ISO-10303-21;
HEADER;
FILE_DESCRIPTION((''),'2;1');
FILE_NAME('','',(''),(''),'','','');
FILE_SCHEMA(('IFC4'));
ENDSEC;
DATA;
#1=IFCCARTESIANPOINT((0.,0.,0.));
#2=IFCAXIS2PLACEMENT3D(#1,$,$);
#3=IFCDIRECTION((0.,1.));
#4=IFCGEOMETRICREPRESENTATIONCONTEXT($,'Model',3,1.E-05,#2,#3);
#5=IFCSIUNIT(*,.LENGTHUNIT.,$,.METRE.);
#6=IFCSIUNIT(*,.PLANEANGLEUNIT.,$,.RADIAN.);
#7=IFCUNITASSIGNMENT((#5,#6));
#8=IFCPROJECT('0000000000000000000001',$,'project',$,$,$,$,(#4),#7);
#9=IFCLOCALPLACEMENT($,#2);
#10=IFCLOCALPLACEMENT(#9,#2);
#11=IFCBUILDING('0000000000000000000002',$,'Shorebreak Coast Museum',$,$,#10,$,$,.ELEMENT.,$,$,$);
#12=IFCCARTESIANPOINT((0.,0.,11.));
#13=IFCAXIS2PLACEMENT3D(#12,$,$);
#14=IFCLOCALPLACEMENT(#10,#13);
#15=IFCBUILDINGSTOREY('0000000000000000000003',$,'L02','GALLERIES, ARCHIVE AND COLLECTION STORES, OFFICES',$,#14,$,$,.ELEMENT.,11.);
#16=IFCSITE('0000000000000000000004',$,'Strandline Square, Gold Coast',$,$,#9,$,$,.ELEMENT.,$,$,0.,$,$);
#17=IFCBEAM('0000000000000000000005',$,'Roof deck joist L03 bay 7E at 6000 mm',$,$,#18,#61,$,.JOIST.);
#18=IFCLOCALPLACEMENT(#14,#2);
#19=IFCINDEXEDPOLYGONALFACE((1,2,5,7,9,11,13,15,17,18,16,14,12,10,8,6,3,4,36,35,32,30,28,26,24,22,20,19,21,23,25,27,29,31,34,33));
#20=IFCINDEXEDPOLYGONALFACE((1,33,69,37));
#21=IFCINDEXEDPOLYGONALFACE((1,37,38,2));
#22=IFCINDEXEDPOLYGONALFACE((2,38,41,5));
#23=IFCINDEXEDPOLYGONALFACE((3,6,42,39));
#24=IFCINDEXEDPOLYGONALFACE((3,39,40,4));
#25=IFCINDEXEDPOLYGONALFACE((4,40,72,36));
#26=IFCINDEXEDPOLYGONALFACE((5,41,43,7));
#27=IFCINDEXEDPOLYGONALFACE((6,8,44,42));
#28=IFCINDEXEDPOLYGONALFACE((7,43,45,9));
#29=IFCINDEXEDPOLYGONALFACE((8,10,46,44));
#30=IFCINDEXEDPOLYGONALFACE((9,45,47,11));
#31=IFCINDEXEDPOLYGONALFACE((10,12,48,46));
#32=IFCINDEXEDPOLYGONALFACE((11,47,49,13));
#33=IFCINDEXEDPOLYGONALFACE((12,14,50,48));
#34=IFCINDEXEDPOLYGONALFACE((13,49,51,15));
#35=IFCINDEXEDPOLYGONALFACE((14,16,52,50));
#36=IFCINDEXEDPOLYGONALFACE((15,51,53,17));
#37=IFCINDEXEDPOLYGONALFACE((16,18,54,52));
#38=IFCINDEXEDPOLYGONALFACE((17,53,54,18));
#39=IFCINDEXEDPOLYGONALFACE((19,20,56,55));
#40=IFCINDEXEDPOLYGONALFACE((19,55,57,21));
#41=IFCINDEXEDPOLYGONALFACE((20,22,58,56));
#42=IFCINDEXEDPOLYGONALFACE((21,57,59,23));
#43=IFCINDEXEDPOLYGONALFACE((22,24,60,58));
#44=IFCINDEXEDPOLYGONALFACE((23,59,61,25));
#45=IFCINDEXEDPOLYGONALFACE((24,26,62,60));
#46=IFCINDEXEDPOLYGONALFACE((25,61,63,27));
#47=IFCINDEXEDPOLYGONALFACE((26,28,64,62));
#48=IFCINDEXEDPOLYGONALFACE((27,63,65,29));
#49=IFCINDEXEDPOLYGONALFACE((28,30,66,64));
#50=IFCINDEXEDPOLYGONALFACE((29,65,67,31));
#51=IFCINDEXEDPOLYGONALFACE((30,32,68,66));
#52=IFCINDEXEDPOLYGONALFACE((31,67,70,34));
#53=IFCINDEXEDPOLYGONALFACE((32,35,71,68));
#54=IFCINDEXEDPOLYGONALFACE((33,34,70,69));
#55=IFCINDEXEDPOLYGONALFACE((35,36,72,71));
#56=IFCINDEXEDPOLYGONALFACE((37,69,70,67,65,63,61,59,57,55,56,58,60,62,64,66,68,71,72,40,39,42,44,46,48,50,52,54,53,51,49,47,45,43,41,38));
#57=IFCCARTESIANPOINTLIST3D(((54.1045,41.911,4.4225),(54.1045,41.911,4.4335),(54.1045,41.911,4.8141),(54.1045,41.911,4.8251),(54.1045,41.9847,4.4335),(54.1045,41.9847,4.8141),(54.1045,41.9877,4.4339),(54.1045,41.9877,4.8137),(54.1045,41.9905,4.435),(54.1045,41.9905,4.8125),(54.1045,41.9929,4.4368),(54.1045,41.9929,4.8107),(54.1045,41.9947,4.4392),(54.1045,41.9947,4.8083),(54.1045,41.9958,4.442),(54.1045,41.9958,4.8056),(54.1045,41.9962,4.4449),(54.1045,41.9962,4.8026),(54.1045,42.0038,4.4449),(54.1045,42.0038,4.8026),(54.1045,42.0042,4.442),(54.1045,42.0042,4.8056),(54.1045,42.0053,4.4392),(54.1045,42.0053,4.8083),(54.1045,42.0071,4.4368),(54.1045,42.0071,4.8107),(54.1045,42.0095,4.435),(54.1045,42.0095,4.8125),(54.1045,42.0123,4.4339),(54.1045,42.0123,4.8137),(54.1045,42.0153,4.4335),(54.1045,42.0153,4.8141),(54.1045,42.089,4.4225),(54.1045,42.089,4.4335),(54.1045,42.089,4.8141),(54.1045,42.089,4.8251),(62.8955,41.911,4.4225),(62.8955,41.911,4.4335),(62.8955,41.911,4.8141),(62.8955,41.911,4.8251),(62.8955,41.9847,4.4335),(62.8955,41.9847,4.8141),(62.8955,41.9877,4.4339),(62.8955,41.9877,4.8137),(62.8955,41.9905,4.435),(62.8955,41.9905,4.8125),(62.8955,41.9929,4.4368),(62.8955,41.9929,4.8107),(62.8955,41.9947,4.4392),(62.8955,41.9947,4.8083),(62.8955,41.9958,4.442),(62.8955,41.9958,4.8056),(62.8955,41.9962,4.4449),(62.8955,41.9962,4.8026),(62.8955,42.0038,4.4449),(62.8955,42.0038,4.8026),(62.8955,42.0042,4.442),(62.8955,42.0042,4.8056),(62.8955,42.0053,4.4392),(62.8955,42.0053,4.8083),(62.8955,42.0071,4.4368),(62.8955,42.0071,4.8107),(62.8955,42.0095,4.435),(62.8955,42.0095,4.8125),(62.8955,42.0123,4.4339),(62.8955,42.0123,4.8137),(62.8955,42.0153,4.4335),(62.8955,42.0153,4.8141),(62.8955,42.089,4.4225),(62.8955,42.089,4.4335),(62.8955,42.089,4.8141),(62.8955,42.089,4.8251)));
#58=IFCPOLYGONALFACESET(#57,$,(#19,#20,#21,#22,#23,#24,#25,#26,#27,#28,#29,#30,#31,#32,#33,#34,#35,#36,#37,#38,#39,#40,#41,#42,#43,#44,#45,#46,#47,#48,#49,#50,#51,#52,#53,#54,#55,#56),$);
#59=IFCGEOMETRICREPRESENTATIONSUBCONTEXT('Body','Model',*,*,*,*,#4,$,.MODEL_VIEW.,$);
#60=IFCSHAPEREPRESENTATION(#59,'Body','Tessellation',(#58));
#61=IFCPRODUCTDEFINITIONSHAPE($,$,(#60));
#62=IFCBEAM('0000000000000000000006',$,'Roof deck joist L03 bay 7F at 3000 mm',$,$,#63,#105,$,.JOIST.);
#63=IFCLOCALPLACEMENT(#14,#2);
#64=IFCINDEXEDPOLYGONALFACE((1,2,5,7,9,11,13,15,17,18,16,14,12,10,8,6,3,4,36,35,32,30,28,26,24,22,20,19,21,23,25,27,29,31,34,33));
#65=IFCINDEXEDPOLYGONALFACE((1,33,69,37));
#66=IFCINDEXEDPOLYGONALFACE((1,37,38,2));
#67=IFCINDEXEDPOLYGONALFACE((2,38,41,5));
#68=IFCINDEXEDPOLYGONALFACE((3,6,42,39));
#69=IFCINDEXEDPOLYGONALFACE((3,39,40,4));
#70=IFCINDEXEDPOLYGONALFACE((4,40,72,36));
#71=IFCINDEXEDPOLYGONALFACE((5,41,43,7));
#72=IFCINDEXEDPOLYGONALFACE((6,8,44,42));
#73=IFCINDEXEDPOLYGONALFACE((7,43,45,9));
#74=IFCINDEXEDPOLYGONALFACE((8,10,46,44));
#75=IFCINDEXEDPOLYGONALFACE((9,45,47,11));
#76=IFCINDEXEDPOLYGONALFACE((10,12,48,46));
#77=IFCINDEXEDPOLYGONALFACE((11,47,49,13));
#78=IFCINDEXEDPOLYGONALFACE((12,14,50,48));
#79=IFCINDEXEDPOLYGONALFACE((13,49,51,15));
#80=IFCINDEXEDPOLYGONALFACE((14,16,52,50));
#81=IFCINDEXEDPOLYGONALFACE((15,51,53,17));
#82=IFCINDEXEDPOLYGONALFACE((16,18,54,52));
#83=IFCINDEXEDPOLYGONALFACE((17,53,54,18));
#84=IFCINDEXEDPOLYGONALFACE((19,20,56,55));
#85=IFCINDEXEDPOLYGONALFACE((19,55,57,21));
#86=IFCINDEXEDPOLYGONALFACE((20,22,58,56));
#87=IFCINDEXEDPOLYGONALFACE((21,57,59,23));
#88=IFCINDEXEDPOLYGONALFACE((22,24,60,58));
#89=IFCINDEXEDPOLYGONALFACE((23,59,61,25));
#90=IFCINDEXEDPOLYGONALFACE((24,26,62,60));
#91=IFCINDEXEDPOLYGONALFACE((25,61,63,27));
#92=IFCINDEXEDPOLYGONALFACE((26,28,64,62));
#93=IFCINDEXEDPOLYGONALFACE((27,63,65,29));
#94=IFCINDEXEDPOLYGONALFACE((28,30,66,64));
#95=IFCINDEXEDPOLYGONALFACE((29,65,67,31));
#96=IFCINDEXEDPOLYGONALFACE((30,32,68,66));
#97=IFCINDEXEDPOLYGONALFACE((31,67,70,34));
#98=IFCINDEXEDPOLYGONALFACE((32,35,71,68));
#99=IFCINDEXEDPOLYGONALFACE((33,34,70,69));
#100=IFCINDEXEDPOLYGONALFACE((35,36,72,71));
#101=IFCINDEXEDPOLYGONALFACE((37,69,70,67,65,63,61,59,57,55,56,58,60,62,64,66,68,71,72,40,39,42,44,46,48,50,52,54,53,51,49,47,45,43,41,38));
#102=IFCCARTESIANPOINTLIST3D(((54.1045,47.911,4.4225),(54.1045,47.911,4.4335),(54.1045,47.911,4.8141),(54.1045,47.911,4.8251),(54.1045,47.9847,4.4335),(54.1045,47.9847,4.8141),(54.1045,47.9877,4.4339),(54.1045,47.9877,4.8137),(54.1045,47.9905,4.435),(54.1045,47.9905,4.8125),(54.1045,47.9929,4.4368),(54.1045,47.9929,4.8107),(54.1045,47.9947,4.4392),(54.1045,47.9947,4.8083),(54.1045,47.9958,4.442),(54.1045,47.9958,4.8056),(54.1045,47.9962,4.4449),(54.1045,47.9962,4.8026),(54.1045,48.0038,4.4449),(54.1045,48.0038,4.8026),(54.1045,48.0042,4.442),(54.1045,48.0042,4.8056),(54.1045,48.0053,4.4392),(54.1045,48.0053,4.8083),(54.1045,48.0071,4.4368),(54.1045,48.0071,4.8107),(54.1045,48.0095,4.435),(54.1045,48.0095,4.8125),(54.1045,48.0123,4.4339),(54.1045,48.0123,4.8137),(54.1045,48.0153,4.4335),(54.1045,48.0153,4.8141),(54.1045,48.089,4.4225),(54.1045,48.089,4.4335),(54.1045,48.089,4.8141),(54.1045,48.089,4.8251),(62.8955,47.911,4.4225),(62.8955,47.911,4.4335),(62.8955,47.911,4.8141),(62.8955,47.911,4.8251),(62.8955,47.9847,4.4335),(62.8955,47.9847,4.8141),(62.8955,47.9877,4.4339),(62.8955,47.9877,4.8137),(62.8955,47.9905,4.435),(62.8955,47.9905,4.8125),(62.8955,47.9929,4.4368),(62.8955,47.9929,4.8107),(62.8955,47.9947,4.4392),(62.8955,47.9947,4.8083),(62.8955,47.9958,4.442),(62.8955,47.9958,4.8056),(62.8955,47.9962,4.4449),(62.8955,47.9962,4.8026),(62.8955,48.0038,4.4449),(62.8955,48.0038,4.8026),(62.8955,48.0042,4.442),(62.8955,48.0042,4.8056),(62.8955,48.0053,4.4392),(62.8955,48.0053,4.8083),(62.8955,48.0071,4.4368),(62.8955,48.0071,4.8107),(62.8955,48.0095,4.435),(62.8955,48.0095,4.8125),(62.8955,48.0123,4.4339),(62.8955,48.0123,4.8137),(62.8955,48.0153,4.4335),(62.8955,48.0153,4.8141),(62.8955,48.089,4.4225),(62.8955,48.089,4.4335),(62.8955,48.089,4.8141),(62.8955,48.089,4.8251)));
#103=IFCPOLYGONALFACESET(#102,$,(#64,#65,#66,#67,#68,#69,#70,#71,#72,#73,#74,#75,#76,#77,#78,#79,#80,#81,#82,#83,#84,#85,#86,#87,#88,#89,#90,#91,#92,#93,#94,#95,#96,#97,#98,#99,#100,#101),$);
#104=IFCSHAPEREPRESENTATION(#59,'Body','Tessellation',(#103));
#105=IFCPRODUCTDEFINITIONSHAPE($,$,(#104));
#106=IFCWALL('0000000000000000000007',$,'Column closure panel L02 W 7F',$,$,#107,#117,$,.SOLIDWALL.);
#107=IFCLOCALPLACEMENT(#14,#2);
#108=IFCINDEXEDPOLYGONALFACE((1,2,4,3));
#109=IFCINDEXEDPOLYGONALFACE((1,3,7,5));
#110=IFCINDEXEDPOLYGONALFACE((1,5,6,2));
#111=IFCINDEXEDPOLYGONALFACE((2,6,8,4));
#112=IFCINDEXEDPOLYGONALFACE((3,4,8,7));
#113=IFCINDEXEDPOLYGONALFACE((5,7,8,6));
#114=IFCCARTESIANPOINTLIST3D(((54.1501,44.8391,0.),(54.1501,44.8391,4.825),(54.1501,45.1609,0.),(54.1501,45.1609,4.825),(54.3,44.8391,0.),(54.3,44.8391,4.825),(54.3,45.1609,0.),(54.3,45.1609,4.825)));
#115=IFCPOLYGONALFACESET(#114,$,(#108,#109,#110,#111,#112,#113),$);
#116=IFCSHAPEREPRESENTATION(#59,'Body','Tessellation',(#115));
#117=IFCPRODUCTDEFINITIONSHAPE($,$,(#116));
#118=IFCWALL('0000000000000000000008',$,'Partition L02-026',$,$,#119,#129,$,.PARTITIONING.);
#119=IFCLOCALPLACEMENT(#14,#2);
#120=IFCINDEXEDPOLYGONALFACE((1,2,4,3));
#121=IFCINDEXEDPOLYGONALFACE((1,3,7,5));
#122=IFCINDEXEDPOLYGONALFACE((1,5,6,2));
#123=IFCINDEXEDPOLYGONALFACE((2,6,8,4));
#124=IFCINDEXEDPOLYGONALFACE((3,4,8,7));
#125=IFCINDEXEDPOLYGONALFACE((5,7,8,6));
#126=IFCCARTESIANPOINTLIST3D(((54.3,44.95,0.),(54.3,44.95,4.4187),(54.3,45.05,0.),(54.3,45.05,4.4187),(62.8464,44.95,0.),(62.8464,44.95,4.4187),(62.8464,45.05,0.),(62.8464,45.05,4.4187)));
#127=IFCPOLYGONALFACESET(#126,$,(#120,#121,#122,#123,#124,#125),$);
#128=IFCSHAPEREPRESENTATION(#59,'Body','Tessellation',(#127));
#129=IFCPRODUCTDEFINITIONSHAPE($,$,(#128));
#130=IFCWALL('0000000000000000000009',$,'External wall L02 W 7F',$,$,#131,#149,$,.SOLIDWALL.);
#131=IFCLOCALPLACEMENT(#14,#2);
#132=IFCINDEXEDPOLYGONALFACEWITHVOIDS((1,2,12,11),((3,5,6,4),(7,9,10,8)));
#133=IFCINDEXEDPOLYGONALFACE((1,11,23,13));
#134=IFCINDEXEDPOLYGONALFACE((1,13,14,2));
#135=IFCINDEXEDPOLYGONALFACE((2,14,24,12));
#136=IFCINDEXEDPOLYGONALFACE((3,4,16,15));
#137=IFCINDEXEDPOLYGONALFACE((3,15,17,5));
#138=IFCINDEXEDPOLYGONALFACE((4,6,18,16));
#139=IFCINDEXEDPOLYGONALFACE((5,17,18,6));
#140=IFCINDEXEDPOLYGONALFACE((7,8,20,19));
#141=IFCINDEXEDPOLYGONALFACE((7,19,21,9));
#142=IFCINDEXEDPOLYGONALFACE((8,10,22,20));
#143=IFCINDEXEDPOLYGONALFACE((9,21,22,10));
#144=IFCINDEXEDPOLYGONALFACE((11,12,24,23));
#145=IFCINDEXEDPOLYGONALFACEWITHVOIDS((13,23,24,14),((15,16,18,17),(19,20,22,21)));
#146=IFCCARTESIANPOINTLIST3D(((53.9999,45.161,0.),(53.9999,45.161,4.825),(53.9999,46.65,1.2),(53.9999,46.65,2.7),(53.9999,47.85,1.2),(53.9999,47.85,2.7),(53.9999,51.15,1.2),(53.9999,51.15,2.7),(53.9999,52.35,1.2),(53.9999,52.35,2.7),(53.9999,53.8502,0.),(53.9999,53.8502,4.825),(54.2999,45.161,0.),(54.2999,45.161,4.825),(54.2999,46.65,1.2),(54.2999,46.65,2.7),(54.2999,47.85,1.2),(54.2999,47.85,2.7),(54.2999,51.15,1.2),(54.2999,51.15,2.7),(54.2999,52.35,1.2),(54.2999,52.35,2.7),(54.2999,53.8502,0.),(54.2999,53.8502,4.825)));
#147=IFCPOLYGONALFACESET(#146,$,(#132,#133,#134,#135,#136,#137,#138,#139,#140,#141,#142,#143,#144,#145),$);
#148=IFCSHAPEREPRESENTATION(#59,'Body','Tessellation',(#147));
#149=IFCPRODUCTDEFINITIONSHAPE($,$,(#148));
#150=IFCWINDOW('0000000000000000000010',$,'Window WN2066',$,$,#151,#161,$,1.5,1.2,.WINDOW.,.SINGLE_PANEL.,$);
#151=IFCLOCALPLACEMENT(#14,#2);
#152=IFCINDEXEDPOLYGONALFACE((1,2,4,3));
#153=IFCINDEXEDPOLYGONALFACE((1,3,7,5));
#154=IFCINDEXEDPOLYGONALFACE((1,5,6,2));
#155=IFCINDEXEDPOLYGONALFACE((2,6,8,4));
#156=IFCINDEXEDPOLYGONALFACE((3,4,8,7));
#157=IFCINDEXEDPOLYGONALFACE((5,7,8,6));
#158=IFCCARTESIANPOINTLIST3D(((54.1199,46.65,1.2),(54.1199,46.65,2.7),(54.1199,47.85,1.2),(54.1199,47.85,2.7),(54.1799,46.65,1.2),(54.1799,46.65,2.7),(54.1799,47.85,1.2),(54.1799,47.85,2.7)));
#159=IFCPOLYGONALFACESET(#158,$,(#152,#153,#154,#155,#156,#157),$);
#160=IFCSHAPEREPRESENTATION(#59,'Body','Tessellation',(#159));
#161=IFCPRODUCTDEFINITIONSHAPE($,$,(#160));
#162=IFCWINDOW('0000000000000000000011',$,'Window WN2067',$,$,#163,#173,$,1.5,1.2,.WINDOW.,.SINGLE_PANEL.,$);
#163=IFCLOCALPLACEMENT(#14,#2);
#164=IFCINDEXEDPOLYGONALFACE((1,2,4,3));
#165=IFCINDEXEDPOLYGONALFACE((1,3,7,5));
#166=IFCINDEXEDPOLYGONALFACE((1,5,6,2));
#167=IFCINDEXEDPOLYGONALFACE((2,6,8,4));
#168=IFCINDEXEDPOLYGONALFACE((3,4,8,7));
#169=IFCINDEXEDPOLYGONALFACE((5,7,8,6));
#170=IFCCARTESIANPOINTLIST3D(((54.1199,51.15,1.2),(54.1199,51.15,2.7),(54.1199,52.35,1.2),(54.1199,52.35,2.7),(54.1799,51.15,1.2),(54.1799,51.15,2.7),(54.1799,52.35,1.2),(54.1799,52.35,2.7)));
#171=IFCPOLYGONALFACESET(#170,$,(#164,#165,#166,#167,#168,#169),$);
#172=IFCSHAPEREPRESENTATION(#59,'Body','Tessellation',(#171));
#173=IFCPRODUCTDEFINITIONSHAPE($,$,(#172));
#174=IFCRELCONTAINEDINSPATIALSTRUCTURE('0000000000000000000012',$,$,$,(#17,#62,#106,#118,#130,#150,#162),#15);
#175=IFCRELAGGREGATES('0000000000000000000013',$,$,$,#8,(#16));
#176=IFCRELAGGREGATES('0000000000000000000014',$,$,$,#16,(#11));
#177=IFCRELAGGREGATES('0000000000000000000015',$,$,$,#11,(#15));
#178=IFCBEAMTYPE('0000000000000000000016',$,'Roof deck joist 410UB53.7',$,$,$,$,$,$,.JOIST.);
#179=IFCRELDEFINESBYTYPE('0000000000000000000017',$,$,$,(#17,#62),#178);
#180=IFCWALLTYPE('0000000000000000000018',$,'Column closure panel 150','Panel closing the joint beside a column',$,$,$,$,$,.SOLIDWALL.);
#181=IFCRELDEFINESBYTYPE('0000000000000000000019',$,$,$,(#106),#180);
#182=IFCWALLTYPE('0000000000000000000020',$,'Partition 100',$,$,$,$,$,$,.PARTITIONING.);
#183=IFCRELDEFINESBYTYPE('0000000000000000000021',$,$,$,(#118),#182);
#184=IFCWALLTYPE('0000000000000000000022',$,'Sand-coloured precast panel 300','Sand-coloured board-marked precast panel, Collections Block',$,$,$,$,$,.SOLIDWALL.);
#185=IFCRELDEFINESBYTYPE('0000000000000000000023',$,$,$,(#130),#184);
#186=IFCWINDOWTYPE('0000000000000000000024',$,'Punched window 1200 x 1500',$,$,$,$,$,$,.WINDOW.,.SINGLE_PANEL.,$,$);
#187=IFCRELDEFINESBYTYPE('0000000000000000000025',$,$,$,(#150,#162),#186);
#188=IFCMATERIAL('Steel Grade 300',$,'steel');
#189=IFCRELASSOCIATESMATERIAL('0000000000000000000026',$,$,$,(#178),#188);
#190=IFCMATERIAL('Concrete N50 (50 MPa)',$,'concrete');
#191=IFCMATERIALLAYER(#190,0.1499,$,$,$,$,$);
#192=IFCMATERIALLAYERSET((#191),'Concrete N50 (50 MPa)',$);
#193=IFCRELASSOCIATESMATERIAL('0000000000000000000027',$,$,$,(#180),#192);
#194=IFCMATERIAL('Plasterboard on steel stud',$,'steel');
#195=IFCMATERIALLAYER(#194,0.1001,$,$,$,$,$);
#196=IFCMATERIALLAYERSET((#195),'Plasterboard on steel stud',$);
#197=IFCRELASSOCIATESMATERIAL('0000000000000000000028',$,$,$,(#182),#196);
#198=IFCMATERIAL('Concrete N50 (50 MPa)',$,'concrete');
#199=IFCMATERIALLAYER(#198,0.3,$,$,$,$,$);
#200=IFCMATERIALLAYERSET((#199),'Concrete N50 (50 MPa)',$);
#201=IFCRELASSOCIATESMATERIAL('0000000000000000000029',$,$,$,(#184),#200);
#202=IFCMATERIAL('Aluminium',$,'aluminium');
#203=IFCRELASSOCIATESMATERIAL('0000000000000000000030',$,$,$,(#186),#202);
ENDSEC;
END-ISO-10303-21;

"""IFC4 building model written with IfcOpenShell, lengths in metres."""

from ifc_helpers import new_model, si_unit, direction, frame, frame_2d, origin, origin_2d, place, context, subcontext, project, spatial, rectangle, i_section, extrude, material, layer, layer_set, material_profile, profile_set, type_object, element, fill, save


model = new_model("IFC4")

# Units and contexts
model_context = context("Model", 3, precision=1e-05, world=origin(), true_north=direction((0.0, 1.0)))
body_context = subcontext(model_context, "Body", "Model", "MODEL_VIEW")
ifc_project = project(units=[si_unit("LENGTHUNIT", "METRE"), si_unit("PLANEANGLEUNIT", "RADIAN")], contexts=[model_context])

# Site, building, storey
site_placement = place(None, origin())
site = spatial("IfcSite", under=ifc_project, at=site_placement, Name="Strandline Square, Gold Coast", CompositionType="ELEMENT", RefElevation=0.0)
building_placement = place(site_placement, origin())
building = spatial("IfcBuilding", under=site, at=building_placement, Name="Shorebreak Coast Museum", CompositionType="ELEMENT")
storey_placement = place(building_placement, frame((0.0, 0.0, 11.0)))
storey = spatial("IfcBuildingStorey", under=building, at=storey_placement, Name="L02", Description="GALLERIES, ARCHIVE AND COLLECTION STORES, OFFICES", CompositionType="ELEMENT", Elevation=11.0)

# Beams
ifc_material_1 = material(Name="Steel Grade 300", Category="steel")
ifc_material_profile_1 = material_profile(ifc_material_1, i_section(OverallWidth=0.178, OverallDepth=0.4026, WebThickness=0.0076, FlangeThickness=0.011, FilletRadius=0.0115, at=origin_2d()), Name="410UB53.7")
ifc_profile_set_1 = profile_set([ifc_material_profile_1], Name="Steel Grade 300")
beam_type_1 = type_object("IfcBeamType", Name="Roof deck joist 410UB53.7", PredefinedType="JOIST", material=ifc_profile_set_1)
for number, where, z_axis, x_axis, name in (
    (1, (54.1045, 42.0, 4.6238), (1.0, 0.0, 0.0), (0.0, 1.0, 0.0), "Roof deck joist L03 bay 7E at 6000 mm"),
    (2, (54.1045, 48.0, 4.6238), (1.0, 0.0, 0.0), (0.0, 1.0, 0.0), "Roof deck joist L03 bay 7F at 3000 mm"),
):
    element("IfcBeam", number, at=place(storey_placement, frame(where, z_axis=z_axis, x_axis=x_axis)), inside=storey, type_object=beam_type_1, Name=name, PredefinedType="JOIST", context=body_context, shape_type="SweptSolid", body=[
        extrude(i_section(OverallWidth=0.178, OverallDepth=0.4026, WebThickness=0.0076, FlangeThickness=0.011, FilletRadius=0.0115, at=origin_2d()), origin(), (0.0, 0.0, 1.0), 8.791),
    ])

# Walls
ifc_material_2 = material(Name="Concrete N50 (50 MPa)", Category="concrete")
ifc_layer_1 = layer(ifc_material_2, 0.1499)
ifc_layer_set_1 = layer_set([ifc_layer_1], Name="Concrete N50 (50 MPa)")
wall_type_1 = type_object("IfcWallType", Name="Column closure panel 150", Description="Panel closing the joint beside a column", PredefinedType="SOLIDWALL", material=ifc_layer_set_1)
wall_1_placement = place(storey_placement, frame((54.2251, 44.8391, 0.0), z_axis=(0.0, 0.0, 1.0), x_axis=(0.0, 1.0, 0.0)))
element("IfcWall", 3, at=wall_1_placement, inside=storey, type_object=wall_type_1, Name="Column closure panel L02 W 7F", PredefinedType="SOLIDWALL", context=body_context, shape_type="SweptSolid", body=[
    extrude(rectangle(XDim=0.3218, YDim=0.1499, at=frame_2d((0.1609, 0.0))), origin(), (0.0, 0.0, 1.0), 4.825),
])
ifc_material_3 = material(Name="Plasterboard on steel stud", Category="steel")
ifc_layer_2 = layer(ifc_material_3, 0.1001)
ifc_layer_set_2 = layer_set([ifc_layer_2], Name="Plasterboard on steel stud")
wall_type_2 = type_object("IfcWallType", Name="Partition 100", PredefinedType="PARTITIONING", material=ifc_layer_set_2)
wall_2_placement = place(storey_placement, frame((54.3, 45.0, 0.0), z_axis=(0.0, 0.0, 1.0), x_axis=(1.0, 0.0, 0.0)))
element("IfcWall", 4, at=wall_2_placement, inside=storey, type_object=wall_type_2, Name="Partition L02-026", PredefinedType="PARTITIONING", context=body_context, shape_type="SweptSolid", body=[
    extrude(rectangle(XDim=8.5464, YDim=0.1001, at=frame_2d((4.2732, 0.0))), origin(), (0.0, 0.0, 1.0), 4.4187),
])

# Wall, openings, windows
ifc_material_4 = material(Name="Concrete N50 (50 MPa)", Category="concrete")
ifc_layer_3 = layer(ifc_material_4, 0.3)
ifc_layer_set_3 = layer_set([ifc_layer_3], Name="Concrete N50 (50 MPa)")
wall_type_3 = type_object("IfcWallType", Name="Sand-coloured precast panel 300", Description="Sand-coloured board-marked precast panel, Collections Block", PredefinedType="SOLIDWALL", material=ifc_layer_set_3)
wall_3_placement = place(storey_placement, frame((54.1499, 45.1609, 0.0), z_axis=(0.0, 0.0, 1.0), x_axis=(0.0, 1.0, 0.0)))
wall_3 = element("IfcWall", 5, at=wall_3_placement, inside=storey, type_object=wall_type_3, Name="External wall L02 W 7F", PredefinedType="SOLIDWALL", context=body_context, shape_type="SweptSolid", body=[
    extrude(rectangle(XDim=8.6892, YDim=0.3, at=frame_2d((4.3447, 0.0))), origin(), (0.0, 0.0, 1.0), 4.825),
])
opening_1_placement = place(wall_3_placement, frame((1.489, 0.0, 1.2)))
opening_1 = element("IfcOpeningElement", 6, at=opening_1_placement, cuts=wall_3, PredefinedType="OPENING", context=body_context, shape_type="SweptSolid", body=[
    extrude(rectangle(XDim=1.2, YDim=1.5, at=frame_2d((0.6001, 0.75))), frame((0.0, 0.1599, 0.0), z_axis=(0.0, -1.0, 0.0), x_axis=(1.0, 0.0, 0.0)), (0.0, 0.0, 1.0), 0.3201),
])
opening_2_placement = place(wall_3_placement, frame((5.989, 0.0, 1.2)))
opening_2 = element("IfcOpeningElement", 7, at=opening_2_placement, cuts=wall_3, PredefinedType="OPENING", context=body_context, shape_type="SweptSolid", body=[
    extrude(rectangle(XDim=1.2, YDim=1.5, at=frame_2d((0.6001, 0.75))), frame((0.0, 0.1599, 0.0), z_axis=(0.0, -1.0, 0.0), x_axis=(1.0, 0.0, 0.0)), (0.0, 0.0, 1.0), 0.3201),
])
ifc_material_5 = material(Name="Aluminium", Category="aluminium")
window_type = type_object("IfcWindowType", Name="Punched window 1200 x 1500", PartitioningType="SINGLE_PANEL", PredefinedType="WINDOW", material=ifc_material_5)
window_1_placement = place(opening_1_placement, origin())
window_1 = element("IfcWindow", 8, at=window_1_placement, inside=storey, type_object=window_type, Name="Window WN2066", OverallHeight=1.5, OverallWidth=1.2, PartitioningType="SINGLE_PANEL", PredefinedType="WINDOW", context=body_context, shape_type="SweptSolid", body=[
    extrude(rectangle(XDim=1.2, YDim=1.5, at=frame_2d((0.6001, 0.75))), frame((0.0, 0.03, 0.0), z_axis=(0.0, -1.0, 0.0), x_axis=(1.0, 0.0, 0.0)), (0.0, 0.0, 1.0), 0.0601),
])
fill(opening_1, window_1)
window_2_placement = place(opening_2_placement, origin())
window_2 = element("IfcWindow", 9, at=window_2_placement, inside=storey, type_object=window_type, Name="Window WN2067", OverallHeight=1.5, OverallWidth=1.2, PartitioningType="SINGLE_PANEL", PredefinedType="WINDOW", context=body_context, shape_type="SweptSolid", body=[
    extrude(rectangle(XDim=1.2, YDim=1.5, at=frame_2d((0.6001, 0.75))), frame((0.0, 0.03, 0.0), z_axis=(0.0, -1.0, 0.0), x_axis=(1.0, 0.0, 0.0)), (0.0, 0.0, 1.0), 0.0601),
])
fill(opening_2, window_2)

save(model, "model.ifc")
